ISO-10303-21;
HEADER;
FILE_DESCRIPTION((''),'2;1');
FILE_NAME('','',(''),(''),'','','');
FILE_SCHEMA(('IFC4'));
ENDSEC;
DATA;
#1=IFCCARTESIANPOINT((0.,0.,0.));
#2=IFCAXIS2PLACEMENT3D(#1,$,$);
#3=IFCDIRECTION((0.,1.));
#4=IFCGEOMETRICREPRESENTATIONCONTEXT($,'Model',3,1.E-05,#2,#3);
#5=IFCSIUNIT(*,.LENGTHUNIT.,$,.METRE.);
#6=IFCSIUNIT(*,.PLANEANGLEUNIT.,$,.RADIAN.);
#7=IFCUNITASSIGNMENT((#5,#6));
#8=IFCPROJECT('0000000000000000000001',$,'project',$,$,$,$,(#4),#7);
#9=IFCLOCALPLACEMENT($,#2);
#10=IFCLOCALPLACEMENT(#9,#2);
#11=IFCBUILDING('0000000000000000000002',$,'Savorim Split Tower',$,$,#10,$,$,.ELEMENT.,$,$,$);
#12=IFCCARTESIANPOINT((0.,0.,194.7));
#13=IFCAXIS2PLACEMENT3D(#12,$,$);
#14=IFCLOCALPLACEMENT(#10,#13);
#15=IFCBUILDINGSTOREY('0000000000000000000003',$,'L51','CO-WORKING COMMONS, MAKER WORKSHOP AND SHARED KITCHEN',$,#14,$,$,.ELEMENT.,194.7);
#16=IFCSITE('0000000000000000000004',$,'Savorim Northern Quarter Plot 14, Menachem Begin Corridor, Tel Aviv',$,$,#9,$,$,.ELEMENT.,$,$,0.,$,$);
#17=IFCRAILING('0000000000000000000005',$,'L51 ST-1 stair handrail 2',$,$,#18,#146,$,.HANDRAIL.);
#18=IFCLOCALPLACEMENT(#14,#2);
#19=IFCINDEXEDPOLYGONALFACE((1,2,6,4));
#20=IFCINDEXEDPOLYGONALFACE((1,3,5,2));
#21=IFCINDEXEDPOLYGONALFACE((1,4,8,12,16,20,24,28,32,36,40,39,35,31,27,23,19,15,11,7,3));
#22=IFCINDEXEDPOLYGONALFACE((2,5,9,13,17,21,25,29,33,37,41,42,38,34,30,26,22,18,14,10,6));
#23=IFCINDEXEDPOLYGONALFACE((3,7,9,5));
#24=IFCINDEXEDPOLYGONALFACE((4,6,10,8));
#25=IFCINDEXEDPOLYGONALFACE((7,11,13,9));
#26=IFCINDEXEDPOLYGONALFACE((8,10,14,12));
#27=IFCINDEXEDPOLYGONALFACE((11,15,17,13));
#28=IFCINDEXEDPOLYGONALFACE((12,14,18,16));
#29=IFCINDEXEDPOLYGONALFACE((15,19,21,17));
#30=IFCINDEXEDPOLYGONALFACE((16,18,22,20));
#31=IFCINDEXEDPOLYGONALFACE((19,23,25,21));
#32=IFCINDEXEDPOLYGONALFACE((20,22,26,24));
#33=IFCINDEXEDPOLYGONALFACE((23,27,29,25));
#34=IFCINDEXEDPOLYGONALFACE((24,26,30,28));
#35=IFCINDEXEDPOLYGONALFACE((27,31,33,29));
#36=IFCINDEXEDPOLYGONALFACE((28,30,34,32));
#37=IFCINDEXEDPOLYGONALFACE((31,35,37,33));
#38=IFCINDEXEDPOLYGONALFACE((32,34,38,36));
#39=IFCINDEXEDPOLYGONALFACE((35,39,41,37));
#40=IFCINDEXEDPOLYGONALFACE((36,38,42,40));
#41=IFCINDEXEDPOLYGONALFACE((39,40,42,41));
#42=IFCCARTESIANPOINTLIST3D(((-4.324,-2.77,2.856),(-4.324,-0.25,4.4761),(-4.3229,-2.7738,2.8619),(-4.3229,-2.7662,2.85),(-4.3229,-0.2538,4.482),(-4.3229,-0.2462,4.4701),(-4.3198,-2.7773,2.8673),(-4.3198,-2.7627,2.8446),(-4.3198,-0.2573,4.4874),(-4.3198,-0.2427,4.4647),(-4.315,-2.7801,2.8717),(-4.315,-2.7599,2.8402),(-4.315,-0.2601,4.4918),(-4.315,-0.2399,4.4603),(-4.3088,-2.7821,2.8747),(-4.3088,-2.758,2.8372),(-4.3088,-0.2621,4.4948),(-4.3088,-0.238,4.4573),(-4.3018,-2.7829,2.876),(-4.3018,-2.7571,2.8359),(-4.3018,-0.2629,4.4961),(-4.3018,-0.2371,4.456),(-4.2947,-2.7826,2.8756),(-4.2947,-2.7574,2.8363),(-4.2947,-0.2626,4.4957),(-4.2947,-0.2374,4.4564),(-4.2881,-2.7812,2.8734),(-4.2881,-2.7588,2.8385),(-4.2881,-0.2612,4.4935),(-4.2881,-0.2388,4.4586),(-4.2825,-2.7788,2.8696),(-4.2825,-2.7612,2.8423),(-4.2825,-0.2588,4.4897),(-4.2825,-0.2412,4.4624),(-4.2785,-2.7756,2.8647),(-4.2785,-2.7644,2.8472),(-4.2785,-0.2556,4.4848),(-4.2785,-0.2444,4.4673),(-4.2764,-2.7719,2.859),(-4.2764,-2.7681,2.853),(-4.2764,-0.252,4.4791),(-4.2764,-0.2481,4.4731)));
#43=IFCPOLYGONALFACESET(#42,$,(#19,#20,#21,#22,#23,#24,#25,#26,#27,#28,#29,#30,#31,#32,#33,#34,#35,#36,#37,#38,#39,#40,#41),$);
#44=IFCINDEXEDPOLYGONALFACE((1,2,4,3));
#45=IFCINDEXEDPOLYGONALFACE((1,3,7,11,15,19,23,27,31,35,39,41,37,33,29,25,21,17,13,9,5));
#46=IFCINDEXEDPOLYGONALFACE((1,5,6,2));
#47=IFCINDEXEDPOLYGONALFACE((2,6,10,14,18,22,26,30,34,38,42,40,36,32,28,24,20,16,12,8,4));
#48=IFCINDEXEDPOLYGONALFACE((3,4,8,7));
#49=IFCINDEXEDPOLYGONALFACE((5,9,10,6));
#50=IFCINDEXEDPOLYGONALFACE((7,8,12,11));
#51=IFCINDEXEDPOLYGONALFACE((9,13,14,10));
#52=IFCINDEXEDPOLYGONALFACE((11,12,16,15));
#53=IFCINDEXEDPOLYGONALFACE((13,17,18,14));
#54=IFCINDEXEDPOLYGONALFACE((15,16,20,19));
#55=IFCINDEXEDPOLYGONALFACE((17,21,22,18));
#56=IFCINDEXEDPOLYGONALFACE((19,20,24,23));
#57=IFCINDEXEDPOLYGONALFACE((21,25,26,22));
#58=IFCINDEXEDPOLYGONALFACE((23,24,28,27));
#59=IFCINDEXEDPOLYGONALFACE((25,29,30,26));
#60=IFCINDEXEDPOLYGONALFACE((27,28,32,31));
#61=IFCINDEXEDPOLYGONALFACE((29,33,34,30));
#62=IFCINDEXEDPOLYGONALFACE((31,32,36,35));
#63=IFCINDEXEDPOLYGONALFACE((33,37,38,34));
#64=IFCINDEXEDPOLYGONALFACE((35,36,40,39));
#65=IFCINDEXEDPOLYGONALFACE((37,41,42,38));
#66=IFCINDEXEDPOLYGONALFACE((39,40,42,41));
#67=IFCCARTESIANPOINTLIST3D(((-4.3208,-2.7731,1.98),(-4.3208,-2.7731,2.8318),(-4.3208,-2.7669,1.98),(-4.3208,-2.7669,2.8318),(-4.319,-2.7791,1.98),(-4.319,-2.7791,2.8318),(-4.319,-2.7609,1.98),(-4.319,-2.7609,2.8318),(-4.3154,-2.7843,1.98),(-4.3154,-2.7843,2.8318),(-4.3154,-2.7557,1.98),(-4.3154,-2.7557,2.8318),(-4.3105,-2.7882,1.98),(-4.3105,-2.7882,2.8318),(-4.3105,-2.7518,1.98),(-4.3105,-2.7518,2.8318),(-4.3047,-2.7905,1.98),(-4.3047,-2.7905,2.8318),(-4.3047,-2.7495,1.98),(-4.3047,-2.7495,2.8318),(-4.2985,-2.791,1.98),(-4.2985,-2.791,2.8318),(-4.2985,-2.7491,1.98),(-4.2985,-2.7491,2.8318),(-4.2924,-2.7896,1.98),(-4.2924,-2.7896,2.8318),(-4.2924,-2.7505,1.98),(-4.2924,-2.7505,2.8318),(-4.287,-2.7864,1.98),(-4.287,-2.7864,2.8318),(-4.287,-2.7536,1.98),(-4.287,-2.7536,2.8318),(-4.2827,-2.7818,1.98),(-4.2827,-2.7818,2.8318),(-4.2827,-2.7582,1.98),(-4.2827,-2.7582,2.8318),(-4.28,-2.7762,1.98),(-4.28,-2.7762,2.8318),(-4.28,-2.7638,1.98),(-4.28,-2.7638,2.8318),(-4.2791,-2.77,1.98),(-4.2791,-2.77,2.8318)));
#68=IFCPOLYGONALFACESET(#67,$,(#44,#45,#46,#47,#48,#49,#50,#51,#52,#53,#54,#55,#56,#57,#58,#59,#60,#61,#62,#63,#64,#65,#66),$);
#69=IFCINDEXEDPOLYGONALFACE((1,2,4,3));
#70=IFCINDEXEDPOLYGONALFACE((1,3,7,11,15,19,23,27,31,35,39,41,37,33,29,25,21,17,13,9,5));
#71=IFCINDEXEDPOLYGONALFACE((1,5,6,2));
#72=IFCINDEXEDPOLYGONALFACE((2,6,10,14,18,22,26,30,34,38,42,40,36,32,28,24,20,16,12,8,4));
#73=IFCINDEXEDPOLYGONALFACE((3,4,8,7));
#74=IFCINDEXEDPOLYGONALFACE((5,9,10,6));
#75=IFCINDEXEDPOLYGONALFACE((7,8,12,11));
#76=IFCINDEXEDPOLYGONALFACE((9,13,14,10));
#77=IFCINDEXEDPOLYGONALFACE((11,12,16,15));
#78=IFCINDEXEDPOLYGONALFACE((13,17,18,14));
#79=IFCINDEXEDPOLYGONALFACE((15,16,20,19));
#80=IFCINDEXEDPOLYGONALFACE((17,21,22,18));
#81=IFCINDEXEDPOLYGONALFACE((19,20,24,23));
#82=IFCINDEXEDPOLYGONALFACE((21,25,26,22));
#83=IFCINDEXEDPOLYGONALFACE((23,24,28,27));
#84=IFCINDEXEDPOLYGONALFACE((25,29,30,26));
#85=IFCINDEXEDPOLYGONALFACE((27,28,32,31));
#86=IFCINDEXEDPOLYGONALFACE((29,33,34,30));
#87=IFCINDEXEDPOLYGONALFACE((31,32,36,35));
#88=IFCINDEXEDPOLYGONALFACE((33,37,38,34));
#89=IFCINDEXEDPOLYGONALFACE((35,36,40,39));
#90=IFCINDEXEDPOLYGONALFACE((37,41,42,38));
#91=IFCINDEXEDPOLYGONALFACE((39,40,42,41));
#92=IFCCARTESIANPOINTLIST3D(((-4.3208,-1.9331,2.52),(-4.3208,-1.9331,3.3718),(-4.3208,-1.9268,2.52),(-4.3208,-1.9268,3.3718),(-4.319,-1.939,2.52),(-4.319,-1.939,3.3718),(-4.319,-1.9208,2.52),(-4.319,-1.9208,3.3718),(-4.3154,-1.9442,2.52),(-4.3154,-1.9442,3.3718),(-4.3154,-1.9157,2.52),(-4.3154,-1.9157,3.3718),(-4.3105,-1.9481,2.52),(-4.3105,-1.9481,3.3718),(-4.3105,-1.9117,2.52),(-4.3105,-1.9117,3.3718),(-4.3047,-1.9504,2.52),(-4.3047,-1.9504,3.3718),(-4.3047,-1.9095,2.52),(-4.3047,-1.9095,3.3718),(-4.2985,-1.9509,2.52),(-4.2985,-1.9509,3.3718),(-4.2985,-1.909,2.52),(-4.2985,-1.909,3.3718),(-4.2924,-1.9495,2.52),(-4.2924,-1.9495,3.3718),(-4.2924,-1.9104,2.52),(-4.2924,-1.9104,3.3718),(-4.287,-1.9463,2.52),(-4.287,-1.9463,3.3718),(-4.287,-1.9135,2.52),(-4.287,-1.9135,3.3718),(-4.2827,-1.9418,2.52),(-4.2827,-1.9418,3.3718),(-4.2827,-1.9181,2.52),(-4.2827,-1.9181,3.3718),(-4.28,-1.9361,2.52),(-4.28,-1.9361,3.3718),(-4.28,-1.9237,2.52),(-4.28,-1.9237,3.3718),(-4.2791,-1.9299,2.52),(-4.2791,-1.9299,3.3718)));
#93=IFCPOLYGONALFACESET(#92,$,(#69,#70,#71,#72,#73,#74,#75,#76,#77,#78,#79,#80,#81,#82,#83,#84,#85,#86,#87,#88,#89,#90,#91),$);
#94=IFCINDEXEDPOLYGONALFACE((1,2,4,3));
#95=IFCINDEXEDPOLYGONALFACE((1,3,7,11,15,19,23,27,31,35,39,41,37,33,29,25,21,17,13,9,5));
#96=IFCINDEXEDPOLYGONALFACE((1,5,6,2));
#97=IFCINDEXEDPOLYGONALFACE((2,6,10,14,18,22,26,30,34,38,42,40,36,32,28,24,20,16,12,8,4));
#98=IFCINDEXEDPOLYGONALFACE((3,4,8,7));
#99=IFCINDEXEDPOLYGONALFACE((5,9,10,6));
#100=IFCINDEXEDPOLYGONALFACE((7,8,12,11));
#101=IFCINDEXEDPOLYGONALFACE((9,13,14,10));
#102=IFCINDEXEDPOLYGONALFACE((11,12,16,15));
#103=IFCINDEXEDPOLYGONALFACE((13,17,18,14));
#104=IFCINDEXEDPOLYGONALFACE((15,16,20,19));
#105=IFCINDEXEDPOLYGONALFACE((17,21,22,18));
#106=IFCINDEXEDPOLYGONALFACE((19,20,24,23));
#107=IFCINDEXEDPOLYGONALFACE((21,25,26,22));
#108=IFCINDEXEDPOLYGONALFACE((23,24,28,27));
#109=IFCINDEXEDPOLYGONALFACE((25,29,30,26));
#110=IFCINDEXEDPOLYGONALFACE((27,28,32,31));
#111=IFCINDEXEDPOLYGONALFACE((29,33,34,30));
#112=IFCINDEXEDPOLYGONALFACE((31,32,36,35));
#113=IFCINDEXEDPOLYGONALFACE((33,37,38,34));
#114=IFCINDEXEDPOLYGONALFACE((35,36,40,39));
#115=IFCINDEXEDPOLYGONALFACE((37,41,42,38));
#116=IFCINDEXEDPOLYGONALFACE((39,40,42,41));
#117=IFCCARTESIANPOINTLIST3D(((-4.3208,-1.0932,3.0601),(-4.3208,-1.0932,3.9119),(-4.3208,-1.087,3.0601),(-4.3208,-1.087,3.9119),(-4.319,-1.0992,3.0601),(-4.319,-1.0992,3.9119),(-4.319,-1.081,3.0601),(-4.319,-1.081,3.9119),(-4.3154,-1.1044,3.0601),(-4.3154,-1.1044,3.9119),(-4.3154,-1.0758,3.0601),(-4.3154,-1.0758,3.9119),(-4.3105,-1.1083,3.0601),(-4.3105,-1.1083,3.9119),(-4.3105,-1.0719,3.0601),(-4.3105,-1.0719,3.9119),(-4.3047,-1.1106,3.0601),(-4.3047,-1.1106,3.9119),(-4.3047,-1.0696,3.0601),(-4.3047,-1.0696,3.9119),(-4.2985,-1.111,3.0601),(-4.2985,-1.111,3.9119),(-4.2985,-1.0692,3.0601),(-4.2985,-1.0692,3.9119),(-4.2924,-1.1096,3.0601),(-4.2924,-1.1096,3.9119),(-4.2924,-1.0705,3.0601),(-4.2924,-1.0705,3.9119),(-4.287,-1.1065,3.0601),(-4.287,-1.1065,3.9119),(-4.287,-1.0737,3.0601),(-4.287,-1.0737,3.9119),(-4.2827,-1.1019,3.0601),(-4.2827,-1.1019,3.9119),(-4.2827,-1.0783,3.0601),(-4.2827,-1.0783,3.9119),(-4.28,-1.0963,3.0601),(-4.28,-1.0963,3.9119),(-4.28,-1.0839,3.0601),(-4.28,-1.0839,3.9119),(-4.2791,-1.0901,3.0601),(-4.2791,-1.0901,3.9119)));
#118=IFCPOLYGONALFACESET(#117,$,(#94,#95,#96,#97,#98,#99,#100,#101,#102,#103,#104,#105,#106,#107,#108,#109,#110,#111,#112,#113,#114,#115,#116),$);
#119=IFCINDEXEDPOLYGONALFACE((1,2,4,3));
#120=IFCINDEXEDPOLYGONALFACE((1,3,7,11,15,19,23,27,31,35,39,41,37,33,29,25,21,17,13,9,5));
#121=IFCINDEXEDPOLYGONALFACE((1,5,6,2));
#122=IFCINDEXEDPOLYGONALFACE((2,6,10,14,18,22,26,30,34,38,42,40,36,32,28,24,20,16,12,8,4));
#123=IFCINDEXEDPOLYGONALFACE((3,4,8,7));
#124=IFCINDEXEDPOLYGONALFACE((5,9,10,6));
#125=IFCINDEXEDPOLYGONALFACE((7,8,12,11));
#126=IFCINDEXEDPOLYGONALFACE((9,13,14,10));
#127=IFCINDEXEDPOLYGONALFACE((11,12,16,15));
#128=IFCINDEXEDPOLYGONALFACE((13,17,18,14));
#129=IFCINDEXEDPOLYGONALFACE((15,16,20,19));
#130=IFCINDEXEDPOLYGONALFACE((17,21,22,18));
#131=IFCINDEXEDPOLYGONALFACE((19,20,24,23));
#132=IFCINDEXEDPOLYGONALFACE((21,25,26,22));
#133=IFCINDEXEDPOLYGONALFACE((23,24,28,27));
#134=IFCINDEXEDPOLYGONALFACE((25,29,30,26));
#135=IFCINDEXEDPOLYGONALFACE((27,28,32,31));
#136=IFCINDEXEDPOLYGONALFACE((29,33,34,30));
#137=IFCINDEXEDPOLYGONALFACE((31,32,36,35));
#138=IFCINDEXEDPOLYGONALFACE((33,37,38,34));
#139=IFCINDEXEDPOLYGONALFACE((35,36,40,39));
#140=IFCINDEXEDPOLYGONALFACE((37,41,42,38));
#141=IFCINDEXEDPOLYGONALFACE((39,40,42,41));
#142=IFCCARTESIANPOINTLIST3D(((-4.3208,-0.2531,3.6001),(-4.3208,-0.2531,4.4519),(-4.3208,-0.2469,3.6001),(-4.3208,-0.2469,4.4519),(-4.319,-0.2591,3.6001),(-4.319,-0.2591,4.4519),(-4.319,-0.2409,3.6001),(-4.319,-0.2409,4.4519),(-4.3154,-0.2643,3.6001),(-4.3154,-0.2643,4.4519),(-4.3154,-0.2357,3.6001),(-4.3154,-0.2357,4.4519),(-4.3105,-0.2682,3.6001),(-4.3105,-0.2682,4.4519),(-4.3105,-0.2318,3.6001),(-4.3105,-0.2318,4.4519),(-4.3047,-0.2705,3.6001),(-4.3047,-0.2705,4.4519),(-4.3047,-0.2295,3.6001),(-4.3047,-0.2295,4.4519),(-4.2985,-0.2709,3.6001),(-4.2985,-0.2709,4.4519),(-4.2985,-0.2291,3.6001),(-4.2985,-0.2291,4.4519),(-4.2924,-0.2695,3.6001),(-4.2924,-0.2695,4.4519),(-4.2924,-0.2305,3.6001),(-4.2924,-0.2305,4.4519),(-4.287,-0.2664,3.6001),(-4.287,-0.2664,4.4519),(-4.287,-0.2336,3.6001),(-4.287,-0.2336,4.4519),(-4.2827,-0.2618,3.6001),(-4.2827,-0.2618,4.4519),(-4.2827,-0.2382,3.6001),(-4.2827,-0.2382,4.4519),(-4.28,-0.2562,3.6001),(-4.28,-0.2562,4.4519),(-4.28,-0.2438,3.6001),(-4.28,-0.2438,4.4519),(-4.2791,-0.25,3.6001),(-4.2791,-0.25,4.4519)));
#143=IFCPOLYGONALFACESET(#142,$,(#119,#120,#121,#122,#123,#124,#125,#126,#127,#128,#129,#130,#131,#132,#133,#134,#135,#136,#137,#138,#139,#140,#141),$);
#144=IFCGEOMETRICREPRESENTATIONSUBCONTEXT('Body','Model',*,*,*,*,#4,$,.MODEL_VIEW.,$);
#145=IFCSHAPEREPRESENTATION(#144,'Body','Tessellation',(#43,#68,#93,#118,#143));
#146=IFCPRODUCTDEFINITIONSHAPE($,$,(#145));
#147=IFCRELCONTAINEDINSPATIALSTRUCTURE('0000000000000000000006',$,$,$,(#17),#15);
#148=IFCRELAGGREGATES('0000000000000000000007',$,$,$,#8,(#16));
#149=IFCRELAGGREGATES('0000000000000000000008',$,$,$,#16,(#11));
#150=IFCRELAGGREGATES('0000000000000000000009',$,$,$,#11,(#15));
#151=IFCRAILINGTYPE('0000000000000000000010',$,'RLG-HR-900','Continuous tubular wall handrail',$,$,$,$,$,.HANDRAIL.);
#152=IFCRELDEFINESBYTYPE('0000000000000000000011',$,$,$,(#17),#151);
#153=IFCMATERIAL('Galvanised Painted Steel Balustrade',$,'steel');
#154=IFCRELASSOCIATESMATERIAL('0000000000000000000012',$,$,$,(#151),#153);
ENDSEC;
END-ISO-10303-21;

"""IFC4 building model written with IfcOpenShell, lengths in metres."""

from ifc_helpers import new_model, si_unit, direction, frame, origin, origin_2d, place, context, subcontext, project, spatial, circle, extrude, material, type_object, element, save


model = new_model("IFC4")

# Units and contexts
model_context = context("Model", 3, precision=1e-05, world=origin(), true_north=direction((0.0, 1.0)))
body_context = subcontext(model_context, "Body", "Model", "MODEL_VIEW")
ifc_project = project(units=[si_unit("LENGTHUNIT", "METRE"), si_unit("PLANEANGLEUNIT", "RADIAN")], contexts=[model_context])

# Site, building, storey
site_placement = place(None, origin())
site = spatial("IfcSite", under=ifc_project, at=site_placement, Name="Savorim Northern Quarter Plot 14, Menachem Begin Corridor, Tel Aviv", CompositionType="ELEMENT", RefElevation=0.0)
building_placement = place(site_placement, origin())
building = spatial("IfcBuilding", under=site, at=building_placement, Name="Savorim Split Tower", CompositionType="ELEMENT")
storey_placement = place(building_placement, frame((0.0, 0.0, 194.7)))
storey = spatial("IfcBuildingStorey", under=building, at=storey_placement, Name="L51", Description="CO-WORKING COMMONS, MAKER WORKSHOP AND SHARED KITCHEN", CompositionType="ELEMENT", Elevation=194.7)

# Railing
ifc_material_1 = material(Name="Galvanised Painted Steel Balustrade", Category="steel")
railing_type_1 = type_object("IfcRailingType", Name="RLG-HR-900", Description="Continuous tubular wall handrail", PredefinedType="HANDRAIL", material=ifc_material_1)
railing_1_placement = place(storey_placement, frame((-4.3, -2.77, 1.98)))
element("IfcRailing", 1, at=railing_1_placement, inside=storey, type_object=railing_type_1, Name="L51 ST-1 stair handrail 2", PredefinedType="HANDRAIL", context=body_context, shape_type="SweptSolid", body=[
    extrude(circle(Radius=0.0239, at=origin_2d()), frame((0.0, 0.0, 0.876), z_axis=(0.0, 0.841163, 0.540782), x_axis=(-1.0, 0.0, 0.0)), (0.0, 0.0, 1.0), 2.9958),
    extrude(circle(Radius=0.021, at=origin_2d()), origin(), (0.0, 0.0, 1.0), 0.8518),
    extrude(circle(Radius=0.021, at=origin_2d()), frame((0.0, 0.8401, 0.54)), (0.0, 0.0, 1.0), 0.8518),
    extrude(circle(Radius=0.021, at=origin_2d()), frame((0.0, 1.6799, 1.0801)), (0.0, 0.0, 1.0), 0.8518),
    extrude(circle(Radius=0.021, at=origin_2d()), frame((0.0, 2.52, 1.6201)), (0.0, 0.0, 1.0), 0.8518),
])

save(model, "model.ifc")
